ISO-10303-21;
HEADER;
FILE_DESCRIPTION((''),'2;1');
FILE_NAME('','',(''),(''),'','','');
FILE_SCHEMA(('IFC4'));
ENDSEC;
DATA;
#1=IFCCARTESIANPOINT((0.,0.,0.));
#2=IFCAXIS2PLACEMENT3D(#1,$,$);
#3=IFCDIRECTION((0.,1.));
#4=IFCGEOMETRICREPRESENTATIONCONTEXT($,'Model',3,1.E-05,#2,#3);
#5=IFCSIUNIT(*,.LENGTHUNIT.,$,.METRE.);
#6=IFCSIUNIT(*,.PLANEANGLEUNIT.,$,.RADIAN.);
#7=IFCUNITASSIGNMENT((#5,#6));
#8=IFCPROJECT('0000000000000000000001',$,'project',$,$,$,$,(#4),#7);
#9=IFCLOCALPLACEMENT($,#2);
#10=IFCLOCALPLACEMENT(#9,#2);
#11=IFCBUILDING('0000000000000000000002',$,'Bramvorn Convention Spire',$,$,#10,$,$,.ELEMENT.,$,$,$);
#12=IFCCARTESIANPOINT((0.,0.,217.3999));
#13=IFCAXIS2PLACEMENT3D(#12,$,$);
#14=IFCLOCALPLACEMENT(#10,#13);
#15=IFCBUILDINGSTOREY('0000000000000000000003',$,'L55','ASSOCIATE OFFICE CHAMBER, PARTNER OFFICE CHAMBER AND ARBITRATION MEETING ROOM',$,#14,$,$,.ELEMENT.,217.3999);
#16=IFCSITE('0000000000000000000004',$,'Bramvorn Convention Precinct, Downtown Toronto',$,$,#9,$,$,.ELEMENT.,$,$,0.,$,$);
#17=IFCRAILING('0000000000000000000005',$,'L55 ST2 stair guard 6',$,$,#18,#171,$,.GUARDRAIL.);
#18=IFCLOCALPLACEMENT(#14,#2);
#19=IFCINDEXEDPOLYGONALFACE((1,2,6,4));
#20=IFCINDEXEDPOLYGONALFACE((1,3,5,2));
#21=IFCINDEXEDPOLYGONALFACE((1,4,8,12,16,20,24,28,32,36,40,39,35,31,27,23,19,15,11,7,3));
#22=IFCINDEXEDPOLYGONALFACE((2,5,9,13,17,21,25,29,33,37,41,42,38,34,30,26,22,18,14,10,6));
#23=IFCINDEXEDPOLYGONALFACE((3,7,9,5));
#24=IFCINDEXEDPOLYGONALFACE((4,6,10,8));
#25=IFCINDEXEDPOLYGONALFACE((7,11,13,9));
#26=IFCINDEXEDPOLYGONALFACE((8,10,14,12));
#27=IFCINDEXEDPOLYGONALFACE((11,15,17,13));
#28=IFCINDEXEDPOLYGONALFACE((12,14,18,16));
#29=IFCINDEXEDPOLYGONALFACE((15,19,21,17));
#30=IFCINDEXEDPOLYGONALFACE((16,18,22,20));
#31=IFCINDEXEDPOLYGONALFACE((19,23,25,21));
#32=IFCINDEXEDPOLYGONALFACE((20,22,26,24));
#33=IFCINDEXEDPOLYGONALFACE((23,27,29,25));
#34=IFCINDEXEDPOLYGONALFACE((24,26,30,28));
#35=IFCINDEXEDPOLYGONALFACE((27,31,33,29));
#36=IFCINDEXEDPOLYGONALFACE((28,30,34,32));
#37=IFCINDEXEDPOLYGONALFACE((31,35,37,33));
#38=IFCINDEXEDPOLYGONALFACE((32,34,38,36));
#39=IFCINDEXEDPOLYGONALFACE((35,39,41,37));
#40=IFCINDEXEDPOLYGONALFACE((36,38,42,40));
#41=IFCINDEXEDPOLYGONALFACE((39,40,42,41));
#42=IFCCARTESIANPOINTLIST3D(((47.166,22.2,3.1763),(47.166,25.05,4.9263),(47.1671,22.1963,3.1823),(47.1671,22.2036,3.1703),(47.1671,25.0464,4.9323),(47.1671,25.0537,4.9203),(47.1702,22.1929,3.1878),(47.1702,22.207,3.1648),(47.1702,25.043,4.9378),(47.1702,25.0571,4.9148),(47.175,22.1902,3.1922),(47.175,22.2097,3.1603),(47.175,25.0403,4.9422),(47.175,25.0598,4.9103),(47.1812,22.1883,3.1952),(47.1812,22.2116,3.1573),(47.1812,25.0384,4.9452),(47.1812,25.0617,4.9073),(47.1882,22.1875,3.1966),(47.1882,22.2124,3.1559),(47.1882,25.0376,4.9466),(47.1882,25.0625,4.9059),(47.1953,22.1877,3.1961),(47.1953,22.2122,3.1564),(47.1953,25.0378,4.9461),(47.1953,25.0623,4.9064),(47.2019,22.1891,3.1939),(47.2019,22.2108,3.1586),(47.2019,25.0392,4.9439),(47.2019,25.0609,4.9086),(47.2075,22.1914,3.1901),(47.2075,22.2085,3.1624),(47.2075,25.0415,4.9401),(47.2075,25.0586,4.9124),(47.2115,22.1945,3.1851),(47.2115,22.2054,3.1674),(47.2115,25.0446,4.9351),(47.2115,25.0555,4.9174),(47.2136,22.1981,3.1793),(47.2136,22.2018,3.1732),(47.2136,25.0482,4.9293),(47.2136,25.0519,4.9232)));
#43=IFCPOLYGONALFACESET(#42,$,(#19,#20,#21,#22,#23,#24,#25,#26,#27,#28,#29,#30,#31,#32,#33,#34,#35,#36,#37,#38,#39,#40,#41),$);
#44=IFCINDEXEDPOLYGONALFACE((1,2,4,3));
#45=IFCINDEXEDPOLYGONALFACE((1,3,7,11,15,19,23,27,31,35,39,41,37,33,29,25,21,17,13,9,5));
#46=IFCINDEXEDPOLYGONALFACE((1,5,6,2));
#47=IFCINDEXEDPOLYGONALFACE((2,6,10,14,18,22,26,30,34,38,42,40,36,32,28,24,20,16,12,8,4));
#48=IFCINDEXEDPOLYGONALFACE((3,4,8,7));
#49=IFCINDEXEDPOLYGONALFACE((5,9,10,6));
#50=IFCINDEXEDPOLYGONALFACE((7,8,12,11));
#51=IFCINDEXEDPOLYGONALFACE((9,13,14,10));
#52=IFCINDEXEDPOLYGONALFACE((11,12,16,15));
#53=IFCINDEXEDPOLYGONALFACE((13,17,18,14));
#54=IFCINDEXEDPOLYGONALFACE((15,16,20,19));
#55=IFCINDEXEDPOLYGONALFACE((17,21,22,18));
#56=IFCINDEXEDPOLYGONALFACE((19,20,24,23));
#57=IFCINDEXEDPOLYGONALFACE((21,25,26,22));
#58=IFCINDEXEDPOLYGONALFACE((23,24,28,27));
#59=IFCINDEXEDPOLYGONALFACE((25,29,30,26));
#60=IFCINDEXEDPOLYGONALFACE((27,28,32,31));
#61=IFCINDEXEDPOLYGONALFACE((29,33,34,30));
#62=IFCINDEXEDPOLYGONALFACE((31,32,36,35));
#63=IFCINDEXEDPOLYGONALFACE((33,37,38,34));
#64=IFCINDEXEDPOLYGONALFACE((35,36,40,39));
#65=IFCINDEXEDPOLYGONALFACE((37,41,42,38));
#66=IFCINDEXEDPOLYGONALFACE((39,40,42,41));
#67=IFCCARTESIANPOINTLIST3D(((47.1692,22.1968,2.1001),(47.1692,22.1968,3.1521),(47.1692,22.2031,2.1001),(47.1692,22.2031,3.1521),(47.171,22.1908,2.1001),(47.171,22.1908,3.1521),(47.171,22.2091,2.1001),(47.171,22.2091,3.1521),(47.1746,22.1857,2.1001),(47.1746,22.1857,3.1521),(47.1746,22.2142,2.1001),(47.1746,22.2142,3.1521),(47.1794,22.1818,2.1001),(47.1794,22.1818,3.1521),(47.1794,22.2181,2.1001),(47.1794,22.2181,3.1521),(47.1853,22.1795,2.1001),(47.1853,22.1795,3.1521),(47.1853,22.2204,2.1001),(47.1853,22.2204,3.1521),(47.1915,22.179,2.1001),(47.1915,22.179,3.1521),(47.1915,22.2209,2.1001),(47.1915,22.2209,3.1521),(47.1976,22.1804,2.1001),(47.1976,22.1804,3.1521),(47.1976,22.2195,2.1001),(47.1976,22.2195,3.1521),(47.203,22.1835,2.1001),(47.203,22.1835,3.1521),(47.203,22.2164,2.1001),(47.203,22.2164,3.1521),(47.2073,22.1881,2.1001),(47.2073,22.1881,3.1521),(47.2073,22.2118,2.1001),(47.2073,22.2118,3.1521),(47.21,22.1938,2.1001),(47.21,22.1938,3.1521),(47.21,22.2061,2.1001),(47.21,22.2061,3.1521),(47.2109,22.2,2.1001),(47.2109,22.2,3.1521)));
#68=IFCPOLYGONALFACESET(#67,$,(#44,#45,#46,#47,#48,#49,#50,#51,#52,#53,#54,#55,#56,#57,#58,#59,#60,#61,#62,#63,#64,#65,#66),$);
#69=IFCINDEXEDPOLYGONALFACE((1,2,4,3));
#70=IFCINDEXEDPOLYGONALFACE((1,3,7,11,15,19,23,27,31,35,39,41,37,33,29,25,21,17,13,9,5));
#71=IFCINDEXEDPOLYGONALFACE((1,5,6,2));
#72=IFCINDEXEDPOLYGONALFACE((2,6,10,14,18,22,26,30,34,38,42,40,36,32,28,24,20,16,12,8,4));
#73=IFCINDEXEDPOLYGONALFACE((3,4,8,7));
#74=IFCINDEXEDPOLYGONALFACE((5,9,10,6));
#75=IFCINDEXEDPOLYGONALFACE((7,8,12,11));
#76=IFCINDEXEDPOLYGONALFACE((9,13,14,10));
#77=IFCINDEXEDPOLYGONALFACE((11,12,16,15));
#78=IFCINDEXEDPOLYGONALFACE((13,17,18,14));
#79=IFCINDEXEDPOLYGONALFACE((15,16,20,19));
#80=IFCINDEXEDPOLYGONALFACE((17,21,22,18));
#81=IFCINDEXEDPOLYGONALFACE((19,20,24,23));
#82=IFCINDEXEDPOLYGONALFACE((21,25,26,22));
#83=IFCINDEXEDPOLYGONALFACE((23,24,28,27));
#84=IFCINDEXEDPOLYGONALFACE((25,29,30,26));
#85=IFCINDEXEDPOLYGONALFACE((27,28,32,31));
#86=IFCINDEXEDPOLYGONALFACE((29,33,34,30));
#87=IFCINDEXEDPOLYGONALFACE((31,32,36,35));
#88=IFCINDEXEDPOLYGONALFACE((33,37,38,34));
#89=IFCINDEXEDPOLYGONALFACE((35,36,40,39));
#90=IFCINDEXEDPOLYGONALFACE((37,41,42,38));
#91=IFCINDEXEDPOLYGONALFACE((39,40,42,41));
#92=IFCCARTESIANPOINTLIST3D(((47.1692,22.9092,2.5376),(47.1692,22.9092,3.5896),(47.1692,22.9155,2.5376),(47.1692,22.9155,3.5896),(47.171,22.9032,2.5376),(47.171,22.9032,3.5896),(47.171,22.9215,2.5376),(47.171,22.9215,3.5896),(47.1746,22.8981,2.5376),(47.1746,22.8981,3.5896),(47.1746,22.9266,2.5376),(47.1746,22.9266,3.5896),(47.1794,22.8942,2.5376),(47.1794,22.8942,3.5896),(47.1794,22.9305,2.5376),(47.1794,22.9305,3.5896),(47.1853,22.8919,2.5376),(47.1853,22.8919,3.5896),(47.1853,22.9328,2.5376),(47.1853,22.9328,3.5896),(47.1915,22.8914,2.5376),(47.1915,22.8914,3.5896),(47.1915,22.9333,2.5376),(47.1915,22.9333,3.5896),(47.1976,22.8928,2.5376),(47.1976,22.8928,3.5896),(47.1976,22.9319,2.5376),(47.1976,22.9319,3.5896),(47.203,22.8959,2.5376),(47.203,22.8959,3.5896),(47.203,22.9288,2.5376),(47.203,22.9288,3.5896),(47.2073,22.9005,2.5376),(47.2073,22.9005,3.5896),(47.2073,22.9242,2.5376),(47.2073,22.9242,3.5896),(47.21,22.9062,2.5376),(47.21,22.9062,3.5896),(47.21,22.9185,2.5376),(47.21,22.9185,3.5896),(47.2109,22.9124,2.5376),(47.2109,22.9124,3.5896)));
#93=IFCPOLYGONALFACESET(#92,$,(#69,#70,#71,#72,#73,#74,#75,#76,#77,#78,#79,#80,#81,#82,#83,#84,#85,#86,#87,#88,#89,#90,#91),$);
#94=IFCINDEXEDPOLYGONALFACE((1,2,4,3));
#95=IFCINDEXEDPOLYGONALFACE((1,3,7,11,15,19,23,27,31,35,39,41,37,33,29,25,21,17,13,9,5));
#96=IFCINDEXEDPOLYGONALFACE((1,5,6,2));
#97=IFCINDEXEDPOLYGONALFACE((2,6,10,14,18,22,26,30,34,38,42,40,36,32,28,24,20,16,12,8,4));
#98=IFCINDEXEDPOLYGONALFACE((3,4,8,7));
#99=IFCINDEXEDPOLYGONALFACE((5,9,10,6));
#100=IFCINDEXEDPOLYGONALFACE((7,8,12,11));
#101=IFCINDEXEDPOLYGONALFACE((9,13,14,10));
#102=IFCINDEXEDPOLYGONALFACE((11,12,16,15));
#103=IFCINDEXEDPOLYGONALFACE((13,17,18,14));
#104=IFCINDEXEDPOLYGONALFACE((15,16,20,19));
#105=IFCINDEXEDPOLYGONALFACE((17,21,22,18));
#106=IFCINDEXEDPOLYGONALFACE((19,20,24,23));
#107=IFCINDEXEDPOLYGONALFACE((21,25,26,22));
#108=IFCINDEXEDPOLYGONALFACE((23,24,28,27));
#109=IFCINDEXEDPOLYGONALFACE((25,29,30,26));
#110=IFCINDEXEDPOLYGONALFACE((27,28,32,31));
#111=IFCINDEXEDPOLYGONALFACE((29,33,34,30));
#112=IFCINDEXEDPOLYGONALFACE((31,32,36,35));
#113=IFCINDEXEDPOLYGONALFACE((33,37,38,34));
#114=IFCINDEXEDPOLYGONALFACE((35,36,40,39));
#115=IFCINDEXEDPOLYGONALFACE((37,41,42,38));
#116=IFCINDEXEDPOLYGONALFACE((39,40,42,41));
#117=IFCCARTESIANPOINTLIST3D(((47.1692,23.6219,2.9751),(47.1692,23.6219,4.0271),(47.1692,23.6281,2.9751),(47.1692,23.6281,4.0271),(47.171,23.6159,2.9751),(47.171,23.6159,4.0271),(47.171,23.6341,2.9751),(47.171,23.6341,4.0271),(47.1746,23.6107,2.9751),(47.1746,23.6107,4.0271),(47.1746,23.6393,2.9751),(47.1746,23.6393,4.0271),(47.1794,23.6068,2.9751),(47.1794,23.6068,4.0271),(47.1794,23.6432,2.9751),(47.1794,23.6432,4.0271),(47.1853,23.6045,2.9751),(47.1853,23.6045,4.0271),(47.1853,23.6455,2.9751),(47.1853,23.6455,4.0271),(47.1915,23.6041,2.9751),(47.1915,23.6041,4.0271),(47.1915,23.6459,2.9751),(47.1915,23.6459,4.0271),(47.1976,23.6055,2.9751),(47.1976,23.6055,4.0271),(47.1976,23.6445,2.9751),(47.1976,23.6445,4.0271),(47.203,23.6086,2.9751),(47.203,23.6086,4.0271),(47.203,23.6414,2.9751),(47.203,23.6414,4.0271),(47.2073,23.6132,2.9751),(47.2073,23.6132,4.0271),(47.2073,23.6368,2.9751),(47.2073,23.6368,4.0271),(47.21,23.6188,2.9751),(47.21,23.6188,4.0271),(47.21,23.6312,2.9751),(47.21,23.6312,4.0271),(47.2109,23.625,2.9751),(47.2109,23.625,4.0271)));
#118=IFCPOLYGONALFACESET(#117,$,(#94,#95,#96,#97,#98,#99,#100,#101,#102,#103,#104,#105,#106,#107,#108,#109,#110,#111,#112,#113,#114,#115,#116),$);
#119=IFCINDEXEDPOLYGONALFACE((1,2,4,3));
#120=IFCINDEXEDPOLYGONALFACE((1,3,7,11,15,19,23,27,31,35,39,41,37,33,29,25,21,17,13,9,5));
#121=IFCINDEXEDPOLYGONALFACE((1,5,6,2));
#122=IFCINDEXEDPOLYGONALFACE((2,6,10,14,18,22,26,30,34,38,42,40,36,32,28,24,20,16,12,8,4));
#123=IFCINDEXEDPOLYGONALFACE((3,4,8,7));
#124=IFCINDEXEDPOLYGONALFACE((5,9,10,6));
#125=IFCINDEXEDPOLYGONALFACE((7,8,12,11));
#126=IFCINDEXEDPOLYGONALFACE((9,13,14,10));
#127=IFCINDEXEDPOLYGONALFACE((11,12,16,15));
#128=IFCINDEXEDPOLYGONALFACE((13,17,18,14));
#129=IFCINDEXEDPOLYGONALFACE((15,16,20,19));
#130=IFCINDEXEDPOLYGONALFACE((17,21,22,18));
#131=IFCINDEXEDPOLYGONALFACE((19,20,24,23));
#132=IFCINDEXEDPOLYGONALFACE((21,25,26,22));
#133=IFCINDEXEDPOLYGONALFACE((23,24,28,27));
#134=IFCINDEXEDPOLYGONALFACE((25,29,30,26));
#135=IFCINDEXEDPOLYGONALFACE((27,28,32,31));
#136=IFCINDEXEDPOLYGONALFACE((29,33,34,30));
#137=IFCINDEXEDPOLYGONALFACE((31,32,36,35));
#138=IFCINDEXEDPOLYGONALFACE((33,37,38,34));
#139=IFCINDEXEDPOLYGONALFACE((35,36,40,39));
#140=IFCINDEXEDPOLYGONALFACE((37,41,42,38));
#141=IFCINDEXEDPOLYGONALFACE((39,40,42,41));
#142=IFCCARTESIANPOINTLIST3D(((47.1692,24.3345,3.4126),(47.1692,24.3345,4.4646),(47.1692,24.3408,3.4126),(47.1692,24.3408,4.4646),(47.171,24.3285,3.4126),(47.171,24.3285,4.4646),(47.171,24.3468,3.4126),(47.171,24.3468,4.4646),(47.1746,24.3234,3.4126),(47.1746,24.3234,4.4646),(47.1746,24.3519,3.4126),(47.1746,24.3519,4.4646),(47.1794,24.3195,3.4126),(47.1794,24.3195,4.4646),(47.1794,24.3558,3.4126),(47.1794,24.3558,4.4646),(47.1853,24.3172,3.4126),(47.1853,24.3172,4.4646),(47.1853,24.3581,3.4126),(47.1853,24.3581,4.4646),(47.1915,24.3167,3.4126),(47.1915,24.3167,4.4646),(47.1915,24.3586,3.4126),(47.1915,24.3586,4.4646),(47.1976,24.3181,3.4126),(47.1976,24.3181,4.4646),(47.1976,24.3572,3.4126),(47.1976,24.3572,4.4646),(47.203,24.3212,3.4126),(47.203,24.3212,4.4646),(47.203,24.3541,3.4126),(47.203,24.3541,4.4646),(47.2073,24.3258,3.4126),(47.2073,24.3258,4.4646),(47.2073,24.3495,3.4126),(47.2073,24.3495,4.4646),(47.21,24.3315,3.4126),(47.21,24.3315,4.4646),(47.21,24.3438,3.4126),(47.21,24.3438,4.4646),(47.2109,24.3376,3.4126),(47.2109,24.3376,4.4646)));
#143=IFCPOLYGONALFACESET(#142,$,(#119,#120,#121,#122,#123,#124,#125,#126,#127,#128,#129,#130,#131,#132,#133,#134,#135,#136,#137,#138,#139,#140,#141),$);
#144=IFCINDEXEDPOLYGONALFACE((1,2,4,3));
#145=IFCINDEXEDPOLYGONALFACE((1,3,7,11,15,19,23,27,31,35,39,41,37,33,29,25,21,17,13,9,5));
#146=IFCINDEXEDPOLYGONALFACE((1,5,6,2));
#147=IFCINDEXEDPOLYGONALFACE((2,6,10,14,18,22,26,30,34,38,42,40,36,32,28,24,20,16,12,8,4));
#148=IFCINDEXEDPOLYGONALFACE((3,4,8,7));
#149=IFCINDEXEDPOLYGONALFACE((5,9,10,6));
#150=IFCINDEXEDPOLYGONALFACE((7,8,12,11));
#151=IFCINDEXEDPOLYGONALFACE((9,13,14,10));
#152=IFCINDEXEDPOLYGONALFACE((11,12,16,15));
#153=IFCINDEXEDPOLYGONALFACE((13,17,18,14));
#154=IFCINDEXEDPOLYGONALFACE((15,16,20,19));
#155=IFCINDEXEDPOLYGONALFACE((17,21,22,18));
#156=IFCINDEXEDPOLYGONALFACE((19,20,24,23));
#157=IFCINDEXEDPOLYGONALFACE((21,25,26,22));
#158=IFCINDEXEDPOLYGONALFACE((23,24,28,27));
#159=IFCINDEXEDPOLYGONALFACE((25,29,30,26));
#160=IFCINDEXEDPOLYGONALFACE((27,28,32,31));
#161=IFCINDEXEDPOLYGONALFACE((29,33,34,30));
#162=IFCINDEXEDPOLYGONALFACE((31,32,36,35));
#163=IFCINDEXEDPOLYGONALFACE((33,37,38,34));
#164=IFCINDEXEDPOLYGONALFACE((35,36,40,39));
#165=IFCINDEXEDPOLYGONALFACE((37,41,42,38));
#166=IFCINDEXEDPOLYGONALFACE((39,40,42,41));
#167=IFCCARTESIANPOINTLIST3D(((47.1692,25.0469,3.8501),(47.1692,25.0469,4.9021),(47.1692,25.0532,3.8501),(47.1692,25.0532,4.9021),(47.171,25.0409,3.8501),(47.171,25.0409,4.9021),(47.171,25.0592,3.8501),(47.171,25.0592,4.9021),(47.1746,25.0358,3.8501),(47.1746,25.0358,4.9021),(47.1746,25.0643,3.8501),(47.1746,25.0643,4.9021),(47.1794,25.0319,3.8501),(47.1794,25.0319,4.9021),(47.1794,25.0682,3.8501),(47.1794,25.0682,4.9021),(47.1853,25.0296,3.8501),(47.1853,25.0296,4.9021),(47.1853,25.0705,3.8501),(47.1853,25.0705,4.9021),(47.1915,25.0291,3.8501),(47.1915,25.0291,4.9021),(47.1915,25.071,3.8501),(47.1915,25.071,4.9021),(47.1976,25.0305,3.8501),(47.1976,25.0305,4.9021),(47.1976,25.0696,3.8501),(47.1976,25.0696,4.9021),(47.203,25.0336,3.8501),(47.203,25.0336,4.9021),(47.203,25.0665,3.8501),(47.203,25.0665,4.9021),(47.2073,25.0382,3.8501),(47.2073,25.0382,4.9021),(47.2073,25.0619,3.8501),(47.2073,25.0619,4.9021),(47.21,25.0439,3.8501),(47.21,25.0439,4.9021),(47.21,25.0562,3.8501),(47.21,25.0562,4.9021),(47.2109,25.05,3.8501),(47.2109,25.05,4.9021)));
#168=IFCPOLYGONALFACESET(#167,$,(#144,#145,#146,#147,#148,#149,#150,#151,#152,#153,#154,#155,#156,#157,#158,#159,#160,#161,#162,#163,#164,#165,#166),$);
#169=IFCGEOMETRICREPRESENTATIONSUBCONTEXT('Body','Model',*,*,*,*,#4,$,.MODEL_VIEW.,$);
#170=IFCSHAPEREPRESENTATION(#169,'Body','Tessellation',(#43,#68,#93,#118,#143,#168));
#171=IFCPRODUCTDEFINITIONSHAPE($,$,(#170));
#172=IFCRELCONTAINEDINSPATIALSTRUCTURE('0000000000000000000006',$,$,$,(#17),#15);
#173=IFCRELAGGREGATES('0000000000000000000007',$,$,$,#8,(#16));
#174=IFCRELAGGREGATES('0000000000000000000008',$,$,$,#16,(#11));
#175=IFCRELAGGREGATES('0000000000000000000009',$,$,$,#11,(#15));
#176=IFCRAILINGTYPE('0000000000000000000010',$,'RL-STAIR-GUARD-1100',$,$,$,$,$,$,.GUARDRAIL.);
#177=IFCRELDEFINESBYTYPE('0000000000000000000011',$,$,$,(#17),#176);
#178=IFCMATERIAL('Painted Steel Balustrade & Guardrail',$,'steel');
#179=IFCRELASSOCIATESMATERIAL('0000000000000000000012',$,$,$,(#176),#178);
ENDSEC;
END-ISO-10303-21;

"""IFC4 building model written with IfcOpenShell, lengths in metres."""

from ifc_helpers import new_model, si_unit, direction, frame, origin, origin_2d, place, context, subcontext, project, spatial, circle, extrude, material, type_object, element, save


model = new_model("IFC4")

# Units and contexts
model_context = context("Model", 3, precision=1e-05, world=origin(), true_north=direction((0.0, 1.0)))
body_context = subcontext(model_context, "Body", "Model", "MODEL_VIEW")
ifc_project = project(units=[si_unit("LENGTHUNIT", "METRE"), si_unit("PLANEANGLEUNIT", "RADIAN")], contexts=[model_context])

# Site, building, storey
site_placement = place(None, origin())
site = spatial("IfcSite", under=ifc_project, at=site_placement, Name="Bramvorn Convention Precinct, Downtown Toronto", CompositionType="ELEMENT", RefElevation=0.0)
building_placement = place(site_placement, origin())
building = spatial("IfcBuilding", under=site, at=building_placement, Name="Bramvorn Convention Spire", CompositionType="ELEMENT")
storey_placement = place(building_placement, frame((0.0, 0.0, 217.3999)))
storey = spatial("IfcBuildingStorey", under=building, at=storey_placement, Name="L55", Description="ASSOCIATE OFFICE CHAMBER, PARTNER OFFICE CHAMBER AND ARBITRATION MEETING ROOM", CompositionType="ELEMENT", Elevation=217.3999)

# Railing
ifc_material_1 = material(Name="Painted Steel Balustrade & Guardrail", Category="steel")
railing_type_1 = type_object("IfcRailingType", Name="RL-STAIR-GUARD-1100", PredefinedType="GUARDRAIL", material=ifc_material_1)
railing_1_placement = place(storey_placement, frame((47.1899, 22.2, 2.1001)))
element("IfcRailing", 1, at=railing_1_placement, inside=storey, type_object=railing_type_1, Name="L55 ST2 stair guard 6", PredefinedType="GUARDRAIL", context=body_context, shape_type="SweptSolid", body=[
    extrude(circle(Radius=0.0239, at=origin_2d()), frame((0.0, 0.0, 1.0762), z_axis=(0.0, 0.852179, 0.52325), x_axis=(-1.0, 0.0, 0.0)), (0.0, 0.0, 1.0), 3.3445),
    extrude(circle(Radius=0.021, at=origin_2d()), origin(), (0.0, 0.0, 1.0), 1.052),
    extrude(circle(Radius=0.021, at=origin_2d()), frame((0.0, 0.7124, 0.4375)), (0.0, 0.0, 1.0), 1.052),
    extrude(circle(Radius=0.021, at=origin_2d()), frame((0.0, 1.425, 0.875)), (0.0, 0.0, 1.0), 1.052),
    extrude(circle(Radius=0.021, at=origin_2d()), frame((0.0, 2.1377, 1.3125)), (0.0, 0.0, 1.0), 1.052),
    extrude(circle(Radius=0.021, at=origin_2d()), frame((0.0, 2.8501, 1.75)), (0.0, 0.0, 1.0), 1.052),
])

save(model, "model.ifc")
